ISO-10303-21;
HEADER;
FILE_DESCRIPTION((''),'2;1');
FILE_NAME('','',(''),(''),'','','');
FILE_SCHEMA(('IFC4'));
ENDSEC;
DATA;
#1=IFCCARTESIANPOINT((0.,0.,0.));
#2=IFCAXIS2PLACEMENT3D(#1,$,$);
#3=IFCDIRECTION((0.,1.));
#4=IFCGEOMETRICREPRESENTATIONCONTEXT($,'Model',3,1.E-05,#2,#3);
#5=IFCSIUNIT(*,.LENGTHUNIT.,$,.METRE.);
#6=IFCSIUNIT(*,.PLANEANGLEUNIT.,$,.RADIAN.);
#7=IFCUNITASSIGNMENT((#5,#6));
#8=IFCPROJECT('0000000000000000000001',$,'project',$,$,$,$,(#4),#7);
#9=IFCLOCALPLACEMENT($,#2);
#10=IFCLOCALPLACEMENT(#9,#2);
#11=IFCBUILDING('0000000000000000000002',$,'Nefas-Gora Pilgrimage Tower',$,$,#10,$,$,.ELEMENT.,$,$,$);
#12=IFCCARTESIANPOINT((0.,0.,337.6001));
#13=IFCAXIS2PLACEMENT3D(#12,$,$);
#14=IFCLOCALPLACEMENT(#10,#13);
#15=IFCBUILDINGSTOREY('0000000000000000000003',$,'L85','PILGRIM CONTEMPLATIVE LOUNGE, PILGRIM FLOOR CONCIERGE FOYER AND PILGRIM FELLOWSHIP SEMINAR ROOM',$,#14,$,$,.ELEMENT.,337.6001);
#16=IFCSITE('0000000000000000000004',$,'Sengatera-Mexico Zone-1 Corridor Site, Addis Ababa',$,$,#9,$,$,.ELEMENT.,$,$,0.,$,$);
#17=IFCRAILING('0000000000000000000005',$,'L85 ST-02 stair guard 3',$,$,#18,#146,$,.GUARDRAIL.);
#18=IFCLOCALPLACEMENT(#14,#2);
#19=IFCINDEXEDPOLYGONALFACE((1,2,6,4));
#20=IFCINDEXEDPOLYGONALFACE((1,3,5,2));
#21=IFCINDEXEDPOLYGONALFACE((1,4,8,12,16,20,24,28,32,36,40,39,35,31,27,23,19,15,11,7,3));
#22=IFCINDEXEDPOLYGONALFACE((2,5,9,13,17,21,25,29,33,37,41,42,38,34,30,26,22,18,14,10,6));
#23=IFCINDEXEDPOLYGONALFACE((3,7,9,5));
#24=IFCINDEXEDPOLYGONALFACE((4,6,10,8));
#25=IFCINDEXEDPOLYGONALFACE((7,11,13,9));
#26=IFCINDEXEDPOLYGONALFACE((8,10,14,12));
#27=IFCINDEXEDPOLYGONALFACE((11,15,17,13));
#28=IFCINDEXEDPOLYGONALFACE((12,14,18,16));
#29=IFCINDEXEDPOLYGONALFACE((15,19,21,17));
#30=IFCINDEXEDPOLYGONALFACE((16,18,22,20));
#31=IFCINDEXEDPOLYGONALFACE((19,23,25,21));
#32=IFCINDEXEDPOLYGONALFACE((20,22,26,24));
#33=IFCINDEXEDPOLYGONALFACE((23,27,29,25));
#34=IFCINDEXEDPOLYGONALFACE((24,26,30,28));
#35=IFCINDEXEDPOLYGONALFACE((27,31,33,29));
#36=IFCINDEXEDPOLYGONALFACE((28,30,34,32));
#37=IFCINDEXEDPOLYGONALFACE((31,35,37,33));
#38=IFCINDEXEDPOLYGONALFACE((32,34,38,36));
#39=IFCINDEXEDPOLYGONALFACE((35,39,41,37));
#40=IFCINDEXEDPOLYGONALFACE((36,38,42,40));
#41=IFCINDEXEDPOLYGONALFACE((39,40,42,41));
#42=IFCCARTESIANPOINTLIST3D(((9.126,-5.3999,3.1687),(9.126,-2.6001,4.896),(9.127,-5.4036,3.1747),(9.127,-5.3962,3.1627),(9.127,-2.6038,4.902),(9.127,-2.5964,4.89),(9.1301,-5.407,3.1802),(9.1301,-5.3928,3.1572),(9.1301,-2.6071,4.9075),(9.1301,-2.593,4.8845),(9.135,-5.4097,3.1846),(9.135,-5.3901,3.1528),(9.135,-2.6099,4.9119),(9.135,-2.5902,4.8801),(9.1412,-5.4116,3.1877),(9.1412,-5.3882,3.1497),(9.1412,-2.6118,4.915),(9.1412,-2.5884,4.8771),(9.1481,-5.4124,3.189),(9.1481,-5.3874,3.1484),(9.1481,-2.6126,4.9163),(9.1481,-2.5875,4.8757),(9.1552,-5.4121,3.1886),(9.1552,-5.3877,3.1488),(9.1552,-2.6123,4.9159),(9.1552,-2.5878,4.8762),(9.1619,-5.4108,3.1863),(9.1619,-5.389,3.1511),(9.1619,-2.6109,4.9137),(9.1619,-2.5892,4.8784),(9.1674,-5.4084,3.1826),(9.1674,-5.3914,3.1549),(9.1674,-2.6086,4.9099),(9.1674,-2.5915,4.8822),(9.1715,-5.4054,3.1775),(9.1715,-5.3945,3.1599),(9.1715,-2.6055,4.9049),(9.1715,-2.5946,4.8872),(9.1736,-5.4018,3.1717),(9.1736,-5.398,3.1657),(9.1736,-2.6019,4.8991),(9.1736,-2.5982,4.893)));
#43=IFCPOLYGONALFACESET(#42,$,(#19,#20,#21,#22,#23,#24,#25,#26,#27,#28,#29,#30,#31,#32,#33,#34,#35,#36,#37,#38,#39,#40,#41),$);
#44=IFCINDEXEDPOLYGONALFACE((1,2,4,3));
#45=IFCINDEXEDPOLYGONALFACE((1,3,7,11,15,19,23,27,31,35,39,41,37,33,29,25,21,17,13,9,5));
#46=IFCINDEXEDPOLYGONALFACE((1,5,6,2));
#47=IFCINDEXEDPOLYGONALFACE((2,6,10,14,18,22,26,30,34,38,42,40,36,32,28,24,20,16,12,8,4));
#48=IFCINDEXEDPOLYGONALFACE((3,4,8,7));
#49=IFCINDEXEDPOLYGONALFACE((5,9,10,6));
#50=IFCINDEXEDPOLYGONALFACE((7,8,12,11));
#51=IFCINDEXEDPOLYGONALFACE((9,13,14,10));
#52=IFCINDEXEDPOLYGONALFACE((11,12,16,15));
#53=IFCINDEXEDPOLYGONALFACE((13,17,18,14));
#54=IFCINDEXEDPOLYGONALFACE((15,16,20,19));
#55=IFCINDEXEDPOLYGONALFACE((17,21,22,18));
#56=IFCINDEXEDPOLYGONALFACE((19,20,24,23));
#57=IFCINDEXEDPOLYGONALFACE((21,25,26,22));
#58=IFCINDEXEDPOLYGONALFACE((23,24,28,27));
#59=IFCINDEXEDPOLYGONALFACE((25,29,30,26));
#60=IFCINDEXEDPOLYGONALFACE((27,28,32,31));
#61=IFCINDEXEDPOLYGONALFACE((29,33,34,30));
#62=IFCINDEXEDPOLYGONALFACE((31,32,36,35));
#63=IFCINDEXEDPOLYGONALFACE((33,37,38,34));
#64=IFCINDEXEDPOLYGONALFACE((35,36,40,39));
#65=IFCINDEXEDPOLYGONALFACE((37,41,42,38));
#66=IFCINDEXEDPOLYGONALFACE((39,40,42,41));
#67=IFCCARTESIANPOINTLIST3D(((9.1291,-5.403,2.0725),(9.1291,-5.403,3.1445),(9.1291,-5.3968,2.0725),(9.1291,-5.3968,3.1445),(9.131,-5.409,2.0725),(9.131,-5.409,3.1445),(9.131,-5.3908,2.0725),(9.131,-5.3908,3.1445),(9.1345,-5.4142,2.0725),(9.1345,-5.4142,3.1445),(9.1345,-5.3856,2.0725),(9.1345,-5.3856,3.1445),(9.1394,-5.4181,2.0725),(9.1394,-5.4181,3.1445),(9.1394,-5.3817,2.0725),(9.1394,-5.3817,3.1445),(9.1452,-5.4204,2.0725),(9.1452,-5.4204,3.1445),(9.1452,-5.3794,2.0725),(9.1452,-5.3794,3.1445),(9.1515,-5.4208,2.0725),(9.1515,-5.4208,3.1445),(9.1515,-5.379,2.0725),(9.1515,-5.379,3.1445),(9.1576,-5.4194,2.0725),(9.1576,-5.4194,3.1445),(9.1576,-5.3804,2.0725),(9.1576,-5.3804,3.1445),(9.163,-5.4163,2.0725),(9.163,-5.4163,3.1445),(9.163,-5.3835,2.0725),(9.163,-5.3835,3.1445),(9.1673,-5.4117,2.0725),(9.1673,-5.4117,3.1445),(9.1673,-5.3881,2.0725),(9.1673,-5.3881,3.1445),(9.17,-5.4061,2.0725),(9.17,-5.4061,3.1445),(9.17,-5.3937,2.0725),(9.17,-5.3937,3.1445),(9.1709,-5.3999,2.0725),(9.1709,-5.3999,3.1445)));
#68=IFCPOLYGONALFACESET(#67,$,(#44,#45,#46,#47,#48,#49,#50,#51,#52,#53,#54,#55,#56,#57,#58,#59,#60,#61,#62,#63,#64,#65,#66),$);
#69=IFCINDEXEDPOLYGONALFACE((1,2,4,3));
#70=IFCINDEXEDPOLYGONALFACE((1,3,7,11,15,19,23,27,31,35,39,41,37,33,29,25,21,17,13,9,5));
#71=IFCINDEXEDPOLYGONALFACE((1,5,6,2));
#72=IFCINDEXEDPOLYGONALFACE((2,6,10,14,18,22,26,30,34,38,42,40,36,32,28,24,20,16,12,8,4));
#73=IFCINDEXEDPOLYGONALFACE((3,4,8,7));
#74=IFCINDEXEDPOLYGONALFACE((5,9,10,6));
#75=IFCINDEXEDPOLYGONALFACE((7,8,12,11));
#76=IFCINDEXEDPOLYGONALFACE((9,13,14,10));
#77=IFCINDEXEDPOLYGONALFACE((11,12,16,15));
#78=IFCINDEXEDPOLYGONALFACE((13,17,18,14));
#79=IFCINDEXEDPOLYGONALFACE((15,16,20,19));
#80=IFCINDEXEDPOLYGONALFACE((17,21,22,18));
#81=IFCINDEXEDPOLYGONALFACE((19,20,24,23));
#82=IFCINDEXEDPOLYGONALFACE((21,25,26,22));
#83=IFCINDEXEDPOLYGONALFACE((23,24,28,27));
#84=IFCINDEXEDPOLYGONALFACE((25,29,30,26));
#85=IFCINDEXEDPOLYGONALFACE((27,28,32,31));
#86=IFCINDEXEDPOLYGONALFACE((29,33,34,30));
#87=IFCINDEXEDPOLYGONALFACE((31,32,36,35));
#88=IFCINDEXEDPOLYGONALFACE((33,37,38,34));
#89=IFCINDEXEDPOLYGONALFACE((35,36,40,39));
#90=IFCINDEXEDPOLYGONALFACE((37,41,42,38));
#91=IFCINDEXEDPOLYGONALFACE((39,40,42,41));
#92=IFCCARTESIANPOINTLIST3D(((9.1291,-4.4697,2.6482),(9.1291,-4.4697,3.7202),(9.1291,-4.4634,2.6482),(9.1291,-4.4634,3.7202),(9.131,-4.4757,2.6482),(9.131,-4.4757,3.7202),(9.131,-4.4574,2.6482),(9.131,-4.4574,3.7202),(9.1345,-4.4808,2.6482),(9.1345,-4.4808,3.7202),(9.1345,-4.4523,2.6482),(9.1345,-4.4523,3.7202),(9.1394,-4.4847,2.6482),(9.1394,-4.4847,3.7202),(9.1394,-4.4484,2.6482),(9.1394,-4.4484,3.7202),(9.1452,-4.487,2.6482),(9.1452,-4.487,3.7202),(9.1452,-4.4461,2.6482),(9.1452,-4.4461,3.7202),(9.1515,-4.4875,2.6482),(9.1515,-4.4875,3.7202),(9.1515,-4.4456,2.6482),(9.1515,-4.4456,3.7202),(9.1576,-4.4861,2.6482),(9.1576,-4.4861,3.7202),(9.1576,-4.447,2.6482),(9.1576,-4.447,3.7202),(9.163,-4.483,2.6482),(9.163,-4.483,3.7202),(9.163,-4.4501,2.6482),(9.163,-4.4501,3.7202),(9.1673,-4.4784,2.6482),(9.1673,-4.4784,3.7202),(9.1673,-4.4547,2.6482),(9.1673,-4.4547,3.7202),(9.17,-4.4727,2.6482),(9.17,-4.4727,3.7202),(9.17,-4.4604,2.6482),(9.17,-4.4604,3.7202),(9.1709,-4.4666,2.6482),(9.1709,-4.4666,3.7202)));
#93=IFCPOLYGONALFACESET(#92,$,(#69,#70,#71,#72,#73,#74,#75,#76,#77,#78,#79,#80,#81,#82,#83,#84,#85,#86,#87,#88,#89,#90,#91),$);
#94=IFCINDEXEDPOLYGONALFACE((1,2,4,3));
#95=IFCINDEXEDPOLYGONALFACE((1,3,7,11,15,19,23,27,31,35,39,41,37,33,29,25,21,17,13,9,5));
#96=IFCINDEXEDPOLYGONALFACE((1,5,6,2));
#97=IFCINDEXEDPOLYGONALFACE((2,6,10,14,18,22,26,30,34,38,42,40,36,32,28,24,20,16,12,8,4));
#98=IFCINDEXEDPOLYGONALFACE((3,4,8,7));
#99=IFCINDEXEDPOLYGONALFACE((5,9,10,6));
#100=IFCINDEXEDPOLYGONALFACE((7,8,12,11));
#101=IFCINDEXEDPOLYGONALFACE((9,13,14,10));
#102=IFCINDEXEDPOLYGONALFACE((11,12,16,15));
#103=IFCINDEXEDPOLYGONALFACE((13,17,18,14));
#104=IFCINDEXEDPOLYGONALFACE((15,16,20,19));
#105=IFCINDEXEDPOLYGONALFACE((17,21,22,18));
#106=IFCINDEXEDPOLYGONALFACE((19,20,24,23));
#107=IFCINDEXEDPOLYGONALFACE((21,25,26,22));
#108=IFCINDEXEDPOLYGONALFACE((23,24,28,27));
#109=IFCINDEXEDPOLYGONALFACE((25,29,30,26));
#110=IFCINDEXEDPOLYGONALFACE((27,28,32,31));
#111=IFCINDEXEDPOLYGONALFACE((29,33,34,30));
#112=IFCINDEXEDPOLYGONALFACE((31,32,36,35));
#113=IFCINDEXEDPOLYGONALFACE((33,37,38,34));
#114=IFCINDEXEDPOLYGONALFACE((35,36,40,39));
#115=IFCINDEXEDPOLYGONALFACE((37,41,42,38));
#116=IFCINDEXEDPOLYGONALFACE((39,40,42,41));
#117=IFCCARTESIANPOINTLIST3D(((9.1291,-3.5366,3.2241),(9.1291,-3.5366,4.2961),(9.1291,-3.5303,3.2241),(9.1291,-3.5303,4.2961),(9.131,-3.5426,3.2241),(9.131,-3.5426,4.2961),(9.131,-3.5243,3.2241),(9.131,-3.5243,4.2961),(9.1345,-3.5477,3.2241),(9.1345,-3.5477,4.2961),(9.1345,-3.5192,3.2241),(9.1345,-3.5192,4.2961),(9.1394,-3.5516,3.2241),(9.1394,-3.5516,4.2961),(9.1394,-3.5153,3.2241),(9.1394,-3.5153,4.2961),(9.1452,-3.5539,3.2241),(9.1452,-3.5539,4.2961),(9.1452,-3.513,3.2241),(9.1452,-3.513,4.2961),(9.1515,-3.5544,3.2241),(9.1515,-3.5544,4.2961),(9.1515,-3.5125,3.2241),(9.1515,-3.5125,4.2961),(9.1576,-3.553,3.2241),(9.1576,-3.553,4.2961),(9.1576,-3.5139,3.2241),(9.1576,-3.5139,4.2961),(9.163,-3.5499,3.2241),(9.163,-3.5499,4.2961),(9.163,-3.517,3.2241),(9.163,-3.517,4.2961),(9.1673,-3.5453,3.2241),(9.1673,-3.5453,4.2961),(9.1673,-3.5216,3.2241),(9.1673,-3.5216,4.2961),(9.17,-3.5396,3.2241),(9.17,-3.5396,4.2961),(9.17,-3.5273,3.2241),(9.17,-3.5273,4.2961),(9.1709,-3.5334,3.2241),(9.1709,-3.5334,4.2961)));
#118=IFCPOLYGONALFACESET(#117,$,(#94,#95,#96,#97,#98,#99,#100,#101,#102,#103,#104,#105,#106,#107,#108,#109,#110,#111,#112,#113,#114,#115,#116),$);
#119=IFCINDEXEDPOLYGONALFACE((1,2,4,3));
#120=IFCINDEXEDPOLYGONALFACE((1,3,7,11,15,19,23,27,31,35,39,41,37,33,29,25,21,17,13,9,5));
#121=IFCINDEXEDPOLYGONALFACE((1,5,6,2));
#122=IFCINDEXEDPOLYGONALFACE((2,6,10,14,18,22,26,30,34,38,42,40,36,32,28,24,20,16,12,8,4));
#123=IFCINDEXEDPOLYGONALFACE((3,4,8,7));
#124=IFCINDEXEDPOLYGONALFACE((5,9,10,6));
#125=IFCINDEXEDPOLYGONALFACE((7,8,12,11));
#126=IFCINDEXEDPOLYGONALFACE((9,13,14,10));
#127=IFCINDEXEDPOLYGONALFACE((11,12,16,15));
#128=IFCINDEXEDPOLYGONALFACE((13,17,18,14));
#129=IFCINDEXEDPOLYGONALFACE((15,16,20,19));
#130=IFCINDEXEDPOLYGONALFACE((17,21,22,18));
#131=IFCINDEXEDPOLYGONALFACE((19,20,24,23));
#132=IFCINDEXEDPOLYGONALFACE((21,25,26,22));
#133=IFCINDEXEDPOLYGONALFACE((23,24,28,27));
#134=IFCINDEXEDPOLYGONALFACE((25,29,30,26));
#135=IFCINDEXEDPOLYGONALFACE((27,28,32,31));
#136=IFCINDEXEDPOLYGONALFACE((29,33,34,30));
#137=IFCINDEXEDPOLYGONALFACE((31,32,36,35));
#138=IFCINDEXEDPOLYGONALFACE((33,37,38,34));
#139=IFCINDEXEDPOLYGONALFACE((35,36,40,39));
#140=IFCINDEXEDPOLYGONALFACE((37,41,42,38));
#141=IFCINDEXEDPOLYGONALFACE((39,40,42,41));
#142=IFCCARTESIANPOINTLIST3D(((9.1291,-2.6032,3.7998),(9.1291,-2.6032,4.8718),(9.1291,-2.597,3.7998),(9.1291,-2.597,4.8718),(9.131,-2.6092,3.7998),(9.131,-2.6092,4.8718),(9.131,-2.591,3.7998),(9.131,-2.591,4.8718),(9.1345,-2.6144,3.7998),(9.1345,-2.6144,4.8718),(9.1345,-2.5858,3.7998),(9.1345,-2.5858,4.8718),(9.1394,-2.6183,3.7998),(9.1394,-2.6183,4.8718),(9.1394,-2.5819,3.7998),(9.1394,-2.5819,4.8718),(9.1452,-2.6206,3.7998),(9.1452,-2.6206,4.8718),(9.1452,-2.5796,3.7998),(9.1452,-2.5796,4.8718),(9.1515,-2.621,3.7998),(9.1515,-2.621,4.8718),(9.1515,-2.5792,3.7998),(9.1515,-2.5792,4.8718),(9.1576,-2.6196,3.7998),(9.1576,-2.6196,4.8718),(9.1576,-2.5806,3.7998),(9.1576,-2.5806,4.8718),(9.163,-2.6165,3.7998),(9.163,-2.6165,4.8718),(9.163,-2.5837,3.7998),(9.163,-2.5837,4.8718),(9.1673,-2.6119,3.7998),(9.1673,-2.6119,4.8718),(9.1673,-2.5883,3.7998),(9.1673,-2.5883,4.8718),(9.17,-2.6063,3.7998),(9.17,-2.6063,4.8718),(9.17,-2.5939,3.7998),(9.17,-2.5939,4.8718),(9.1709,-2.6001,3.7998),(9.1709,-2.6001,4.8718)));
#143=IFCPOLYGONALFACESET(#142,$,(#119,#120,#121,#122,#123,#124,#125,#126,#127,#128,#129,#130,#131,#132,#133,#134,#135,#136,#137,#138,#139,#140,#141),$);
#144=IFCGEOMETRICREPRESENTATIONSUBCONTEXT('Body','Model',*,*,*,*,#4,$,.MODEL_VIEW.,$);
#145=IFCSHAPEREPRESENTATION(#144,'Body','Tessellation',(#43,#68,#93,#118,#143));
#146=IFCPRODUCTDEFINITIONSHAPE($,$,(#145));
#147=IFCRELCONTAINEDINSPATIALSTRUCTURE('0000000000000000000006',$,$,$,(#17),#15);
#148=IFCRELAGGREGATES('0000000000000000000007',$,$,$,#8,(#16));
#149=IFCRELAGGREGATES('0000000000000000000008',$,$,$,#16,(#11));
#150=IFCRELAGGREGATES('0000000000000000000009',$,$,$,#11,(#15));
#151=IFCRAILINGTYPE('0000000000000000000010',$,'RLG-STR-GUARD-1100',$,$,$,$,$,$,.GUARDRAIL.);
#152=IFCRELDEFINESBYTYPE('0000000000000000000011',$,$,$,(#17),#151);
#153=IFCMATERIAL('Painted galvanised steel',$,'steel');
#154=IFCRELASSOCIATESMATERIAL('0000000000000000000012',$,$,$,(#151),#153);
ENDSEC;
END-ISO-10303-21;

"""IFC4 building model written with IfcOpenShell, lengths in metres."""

from ifc_helpers import new_model, si_unit, direction, frame, origin, origin_2d, place, context, subcontext, project, spatial, circle, extrude, material, type_object, element, save


model = new_model("IFC4")

# Units and contexts
model_context = context("Model", 3, precision=1e-05, world=origin(), true_north=direction((0.0, 1.0)))
body_context = subcontext(model_context, "Body", "Model", "MODEL_VIEW")
ifc_project = project(units=[si_unit("LENGTHUNIT", "METRE"), si_unit("PLANEANGLEUNIT", "RADIAN")], contexts=[model_context])

# Site, building, storey
site_placement = place(None, origin())
site = spatial("IfcSite", under=ifc_project, at=site_placement, Name="Sengatera-Mexico Zone-1 Corridor Site, Addis Ababa", CompositionType="ELEMENT", RefElevation=0.0)
building_placement = place(site_placement, origin())
building = spatial("IfcBuilding", under=site, at=building_placement, Name="Nefas-Gora Pilgrimage Tower", CompositionType="ELEMENT")
storey_placement = place(building_placement, frame((0.0, 0.0, 337.6001)))
storey = spatial("IfcBuildingStorey", under=building, at=storey_placement, Name="L85", Description="PILGRIM CONTEMPLATIVE LOUNGE, PILGRIM FLOOR CONCIERGE FOYER AND PILGRIM FELLOWSHIP SEMINAR ROOM", CompositionType="ELEMENT", Elevation=337.6001)

# Railing
ifc_material_1 = material(Name="Painted galvanised steel", Category="steel")
railing_type_1 = type_object("IfcRailingType", Name="RLG-STR-GUARD-1100", PredefinedType="GUARDRAIL", material=ifc_material_1)
railing_1_placement = place(storey_placement, frame((9.1499, -5.3999, 2.0725)))
element("IfcRailing", 1, at=railing_1_placement, inside=storey, type_object=railing_type_1, Name="L85 ST-02 stair guard 3", PredefinedType="GUARDRAIL", context=body_context, shape_type="SweptSolid", body=[
    extrude(circle(Radius=0.0239, at=origin_2d()), frame((0.0, 0.0, 1.0962), z_axis=(0.0, 0.851069, 0.525054), x_axis=(-1.0, 0.0, 0.0)), (0.0, 0.0, 1.0), 3.2898),
    extrude(circle(Radius=0.021, at=origin_2d()), origin(), (0.0, 0.0, 1.0), 1.072),
    extrude(circle(Radius=0.021, at=origin_2d()), frame((0.0, 0.9333, 0.5757)), (0.0, 0.0, 1.0), 1.072),
    extrude(circle(Radius=0.021, at=origin_2d()), frame((0.0, 1.8665, 1.1516)), (0.0, 0.0, 1.0), 1.072),
    extrude(circle(Radius=0.021, at=origin_2d()), frame((0.0, 2.7998, 1.7273)), (0.0, 0.0, 1.0), 1.072),
])

save(model, "model.ifc")
